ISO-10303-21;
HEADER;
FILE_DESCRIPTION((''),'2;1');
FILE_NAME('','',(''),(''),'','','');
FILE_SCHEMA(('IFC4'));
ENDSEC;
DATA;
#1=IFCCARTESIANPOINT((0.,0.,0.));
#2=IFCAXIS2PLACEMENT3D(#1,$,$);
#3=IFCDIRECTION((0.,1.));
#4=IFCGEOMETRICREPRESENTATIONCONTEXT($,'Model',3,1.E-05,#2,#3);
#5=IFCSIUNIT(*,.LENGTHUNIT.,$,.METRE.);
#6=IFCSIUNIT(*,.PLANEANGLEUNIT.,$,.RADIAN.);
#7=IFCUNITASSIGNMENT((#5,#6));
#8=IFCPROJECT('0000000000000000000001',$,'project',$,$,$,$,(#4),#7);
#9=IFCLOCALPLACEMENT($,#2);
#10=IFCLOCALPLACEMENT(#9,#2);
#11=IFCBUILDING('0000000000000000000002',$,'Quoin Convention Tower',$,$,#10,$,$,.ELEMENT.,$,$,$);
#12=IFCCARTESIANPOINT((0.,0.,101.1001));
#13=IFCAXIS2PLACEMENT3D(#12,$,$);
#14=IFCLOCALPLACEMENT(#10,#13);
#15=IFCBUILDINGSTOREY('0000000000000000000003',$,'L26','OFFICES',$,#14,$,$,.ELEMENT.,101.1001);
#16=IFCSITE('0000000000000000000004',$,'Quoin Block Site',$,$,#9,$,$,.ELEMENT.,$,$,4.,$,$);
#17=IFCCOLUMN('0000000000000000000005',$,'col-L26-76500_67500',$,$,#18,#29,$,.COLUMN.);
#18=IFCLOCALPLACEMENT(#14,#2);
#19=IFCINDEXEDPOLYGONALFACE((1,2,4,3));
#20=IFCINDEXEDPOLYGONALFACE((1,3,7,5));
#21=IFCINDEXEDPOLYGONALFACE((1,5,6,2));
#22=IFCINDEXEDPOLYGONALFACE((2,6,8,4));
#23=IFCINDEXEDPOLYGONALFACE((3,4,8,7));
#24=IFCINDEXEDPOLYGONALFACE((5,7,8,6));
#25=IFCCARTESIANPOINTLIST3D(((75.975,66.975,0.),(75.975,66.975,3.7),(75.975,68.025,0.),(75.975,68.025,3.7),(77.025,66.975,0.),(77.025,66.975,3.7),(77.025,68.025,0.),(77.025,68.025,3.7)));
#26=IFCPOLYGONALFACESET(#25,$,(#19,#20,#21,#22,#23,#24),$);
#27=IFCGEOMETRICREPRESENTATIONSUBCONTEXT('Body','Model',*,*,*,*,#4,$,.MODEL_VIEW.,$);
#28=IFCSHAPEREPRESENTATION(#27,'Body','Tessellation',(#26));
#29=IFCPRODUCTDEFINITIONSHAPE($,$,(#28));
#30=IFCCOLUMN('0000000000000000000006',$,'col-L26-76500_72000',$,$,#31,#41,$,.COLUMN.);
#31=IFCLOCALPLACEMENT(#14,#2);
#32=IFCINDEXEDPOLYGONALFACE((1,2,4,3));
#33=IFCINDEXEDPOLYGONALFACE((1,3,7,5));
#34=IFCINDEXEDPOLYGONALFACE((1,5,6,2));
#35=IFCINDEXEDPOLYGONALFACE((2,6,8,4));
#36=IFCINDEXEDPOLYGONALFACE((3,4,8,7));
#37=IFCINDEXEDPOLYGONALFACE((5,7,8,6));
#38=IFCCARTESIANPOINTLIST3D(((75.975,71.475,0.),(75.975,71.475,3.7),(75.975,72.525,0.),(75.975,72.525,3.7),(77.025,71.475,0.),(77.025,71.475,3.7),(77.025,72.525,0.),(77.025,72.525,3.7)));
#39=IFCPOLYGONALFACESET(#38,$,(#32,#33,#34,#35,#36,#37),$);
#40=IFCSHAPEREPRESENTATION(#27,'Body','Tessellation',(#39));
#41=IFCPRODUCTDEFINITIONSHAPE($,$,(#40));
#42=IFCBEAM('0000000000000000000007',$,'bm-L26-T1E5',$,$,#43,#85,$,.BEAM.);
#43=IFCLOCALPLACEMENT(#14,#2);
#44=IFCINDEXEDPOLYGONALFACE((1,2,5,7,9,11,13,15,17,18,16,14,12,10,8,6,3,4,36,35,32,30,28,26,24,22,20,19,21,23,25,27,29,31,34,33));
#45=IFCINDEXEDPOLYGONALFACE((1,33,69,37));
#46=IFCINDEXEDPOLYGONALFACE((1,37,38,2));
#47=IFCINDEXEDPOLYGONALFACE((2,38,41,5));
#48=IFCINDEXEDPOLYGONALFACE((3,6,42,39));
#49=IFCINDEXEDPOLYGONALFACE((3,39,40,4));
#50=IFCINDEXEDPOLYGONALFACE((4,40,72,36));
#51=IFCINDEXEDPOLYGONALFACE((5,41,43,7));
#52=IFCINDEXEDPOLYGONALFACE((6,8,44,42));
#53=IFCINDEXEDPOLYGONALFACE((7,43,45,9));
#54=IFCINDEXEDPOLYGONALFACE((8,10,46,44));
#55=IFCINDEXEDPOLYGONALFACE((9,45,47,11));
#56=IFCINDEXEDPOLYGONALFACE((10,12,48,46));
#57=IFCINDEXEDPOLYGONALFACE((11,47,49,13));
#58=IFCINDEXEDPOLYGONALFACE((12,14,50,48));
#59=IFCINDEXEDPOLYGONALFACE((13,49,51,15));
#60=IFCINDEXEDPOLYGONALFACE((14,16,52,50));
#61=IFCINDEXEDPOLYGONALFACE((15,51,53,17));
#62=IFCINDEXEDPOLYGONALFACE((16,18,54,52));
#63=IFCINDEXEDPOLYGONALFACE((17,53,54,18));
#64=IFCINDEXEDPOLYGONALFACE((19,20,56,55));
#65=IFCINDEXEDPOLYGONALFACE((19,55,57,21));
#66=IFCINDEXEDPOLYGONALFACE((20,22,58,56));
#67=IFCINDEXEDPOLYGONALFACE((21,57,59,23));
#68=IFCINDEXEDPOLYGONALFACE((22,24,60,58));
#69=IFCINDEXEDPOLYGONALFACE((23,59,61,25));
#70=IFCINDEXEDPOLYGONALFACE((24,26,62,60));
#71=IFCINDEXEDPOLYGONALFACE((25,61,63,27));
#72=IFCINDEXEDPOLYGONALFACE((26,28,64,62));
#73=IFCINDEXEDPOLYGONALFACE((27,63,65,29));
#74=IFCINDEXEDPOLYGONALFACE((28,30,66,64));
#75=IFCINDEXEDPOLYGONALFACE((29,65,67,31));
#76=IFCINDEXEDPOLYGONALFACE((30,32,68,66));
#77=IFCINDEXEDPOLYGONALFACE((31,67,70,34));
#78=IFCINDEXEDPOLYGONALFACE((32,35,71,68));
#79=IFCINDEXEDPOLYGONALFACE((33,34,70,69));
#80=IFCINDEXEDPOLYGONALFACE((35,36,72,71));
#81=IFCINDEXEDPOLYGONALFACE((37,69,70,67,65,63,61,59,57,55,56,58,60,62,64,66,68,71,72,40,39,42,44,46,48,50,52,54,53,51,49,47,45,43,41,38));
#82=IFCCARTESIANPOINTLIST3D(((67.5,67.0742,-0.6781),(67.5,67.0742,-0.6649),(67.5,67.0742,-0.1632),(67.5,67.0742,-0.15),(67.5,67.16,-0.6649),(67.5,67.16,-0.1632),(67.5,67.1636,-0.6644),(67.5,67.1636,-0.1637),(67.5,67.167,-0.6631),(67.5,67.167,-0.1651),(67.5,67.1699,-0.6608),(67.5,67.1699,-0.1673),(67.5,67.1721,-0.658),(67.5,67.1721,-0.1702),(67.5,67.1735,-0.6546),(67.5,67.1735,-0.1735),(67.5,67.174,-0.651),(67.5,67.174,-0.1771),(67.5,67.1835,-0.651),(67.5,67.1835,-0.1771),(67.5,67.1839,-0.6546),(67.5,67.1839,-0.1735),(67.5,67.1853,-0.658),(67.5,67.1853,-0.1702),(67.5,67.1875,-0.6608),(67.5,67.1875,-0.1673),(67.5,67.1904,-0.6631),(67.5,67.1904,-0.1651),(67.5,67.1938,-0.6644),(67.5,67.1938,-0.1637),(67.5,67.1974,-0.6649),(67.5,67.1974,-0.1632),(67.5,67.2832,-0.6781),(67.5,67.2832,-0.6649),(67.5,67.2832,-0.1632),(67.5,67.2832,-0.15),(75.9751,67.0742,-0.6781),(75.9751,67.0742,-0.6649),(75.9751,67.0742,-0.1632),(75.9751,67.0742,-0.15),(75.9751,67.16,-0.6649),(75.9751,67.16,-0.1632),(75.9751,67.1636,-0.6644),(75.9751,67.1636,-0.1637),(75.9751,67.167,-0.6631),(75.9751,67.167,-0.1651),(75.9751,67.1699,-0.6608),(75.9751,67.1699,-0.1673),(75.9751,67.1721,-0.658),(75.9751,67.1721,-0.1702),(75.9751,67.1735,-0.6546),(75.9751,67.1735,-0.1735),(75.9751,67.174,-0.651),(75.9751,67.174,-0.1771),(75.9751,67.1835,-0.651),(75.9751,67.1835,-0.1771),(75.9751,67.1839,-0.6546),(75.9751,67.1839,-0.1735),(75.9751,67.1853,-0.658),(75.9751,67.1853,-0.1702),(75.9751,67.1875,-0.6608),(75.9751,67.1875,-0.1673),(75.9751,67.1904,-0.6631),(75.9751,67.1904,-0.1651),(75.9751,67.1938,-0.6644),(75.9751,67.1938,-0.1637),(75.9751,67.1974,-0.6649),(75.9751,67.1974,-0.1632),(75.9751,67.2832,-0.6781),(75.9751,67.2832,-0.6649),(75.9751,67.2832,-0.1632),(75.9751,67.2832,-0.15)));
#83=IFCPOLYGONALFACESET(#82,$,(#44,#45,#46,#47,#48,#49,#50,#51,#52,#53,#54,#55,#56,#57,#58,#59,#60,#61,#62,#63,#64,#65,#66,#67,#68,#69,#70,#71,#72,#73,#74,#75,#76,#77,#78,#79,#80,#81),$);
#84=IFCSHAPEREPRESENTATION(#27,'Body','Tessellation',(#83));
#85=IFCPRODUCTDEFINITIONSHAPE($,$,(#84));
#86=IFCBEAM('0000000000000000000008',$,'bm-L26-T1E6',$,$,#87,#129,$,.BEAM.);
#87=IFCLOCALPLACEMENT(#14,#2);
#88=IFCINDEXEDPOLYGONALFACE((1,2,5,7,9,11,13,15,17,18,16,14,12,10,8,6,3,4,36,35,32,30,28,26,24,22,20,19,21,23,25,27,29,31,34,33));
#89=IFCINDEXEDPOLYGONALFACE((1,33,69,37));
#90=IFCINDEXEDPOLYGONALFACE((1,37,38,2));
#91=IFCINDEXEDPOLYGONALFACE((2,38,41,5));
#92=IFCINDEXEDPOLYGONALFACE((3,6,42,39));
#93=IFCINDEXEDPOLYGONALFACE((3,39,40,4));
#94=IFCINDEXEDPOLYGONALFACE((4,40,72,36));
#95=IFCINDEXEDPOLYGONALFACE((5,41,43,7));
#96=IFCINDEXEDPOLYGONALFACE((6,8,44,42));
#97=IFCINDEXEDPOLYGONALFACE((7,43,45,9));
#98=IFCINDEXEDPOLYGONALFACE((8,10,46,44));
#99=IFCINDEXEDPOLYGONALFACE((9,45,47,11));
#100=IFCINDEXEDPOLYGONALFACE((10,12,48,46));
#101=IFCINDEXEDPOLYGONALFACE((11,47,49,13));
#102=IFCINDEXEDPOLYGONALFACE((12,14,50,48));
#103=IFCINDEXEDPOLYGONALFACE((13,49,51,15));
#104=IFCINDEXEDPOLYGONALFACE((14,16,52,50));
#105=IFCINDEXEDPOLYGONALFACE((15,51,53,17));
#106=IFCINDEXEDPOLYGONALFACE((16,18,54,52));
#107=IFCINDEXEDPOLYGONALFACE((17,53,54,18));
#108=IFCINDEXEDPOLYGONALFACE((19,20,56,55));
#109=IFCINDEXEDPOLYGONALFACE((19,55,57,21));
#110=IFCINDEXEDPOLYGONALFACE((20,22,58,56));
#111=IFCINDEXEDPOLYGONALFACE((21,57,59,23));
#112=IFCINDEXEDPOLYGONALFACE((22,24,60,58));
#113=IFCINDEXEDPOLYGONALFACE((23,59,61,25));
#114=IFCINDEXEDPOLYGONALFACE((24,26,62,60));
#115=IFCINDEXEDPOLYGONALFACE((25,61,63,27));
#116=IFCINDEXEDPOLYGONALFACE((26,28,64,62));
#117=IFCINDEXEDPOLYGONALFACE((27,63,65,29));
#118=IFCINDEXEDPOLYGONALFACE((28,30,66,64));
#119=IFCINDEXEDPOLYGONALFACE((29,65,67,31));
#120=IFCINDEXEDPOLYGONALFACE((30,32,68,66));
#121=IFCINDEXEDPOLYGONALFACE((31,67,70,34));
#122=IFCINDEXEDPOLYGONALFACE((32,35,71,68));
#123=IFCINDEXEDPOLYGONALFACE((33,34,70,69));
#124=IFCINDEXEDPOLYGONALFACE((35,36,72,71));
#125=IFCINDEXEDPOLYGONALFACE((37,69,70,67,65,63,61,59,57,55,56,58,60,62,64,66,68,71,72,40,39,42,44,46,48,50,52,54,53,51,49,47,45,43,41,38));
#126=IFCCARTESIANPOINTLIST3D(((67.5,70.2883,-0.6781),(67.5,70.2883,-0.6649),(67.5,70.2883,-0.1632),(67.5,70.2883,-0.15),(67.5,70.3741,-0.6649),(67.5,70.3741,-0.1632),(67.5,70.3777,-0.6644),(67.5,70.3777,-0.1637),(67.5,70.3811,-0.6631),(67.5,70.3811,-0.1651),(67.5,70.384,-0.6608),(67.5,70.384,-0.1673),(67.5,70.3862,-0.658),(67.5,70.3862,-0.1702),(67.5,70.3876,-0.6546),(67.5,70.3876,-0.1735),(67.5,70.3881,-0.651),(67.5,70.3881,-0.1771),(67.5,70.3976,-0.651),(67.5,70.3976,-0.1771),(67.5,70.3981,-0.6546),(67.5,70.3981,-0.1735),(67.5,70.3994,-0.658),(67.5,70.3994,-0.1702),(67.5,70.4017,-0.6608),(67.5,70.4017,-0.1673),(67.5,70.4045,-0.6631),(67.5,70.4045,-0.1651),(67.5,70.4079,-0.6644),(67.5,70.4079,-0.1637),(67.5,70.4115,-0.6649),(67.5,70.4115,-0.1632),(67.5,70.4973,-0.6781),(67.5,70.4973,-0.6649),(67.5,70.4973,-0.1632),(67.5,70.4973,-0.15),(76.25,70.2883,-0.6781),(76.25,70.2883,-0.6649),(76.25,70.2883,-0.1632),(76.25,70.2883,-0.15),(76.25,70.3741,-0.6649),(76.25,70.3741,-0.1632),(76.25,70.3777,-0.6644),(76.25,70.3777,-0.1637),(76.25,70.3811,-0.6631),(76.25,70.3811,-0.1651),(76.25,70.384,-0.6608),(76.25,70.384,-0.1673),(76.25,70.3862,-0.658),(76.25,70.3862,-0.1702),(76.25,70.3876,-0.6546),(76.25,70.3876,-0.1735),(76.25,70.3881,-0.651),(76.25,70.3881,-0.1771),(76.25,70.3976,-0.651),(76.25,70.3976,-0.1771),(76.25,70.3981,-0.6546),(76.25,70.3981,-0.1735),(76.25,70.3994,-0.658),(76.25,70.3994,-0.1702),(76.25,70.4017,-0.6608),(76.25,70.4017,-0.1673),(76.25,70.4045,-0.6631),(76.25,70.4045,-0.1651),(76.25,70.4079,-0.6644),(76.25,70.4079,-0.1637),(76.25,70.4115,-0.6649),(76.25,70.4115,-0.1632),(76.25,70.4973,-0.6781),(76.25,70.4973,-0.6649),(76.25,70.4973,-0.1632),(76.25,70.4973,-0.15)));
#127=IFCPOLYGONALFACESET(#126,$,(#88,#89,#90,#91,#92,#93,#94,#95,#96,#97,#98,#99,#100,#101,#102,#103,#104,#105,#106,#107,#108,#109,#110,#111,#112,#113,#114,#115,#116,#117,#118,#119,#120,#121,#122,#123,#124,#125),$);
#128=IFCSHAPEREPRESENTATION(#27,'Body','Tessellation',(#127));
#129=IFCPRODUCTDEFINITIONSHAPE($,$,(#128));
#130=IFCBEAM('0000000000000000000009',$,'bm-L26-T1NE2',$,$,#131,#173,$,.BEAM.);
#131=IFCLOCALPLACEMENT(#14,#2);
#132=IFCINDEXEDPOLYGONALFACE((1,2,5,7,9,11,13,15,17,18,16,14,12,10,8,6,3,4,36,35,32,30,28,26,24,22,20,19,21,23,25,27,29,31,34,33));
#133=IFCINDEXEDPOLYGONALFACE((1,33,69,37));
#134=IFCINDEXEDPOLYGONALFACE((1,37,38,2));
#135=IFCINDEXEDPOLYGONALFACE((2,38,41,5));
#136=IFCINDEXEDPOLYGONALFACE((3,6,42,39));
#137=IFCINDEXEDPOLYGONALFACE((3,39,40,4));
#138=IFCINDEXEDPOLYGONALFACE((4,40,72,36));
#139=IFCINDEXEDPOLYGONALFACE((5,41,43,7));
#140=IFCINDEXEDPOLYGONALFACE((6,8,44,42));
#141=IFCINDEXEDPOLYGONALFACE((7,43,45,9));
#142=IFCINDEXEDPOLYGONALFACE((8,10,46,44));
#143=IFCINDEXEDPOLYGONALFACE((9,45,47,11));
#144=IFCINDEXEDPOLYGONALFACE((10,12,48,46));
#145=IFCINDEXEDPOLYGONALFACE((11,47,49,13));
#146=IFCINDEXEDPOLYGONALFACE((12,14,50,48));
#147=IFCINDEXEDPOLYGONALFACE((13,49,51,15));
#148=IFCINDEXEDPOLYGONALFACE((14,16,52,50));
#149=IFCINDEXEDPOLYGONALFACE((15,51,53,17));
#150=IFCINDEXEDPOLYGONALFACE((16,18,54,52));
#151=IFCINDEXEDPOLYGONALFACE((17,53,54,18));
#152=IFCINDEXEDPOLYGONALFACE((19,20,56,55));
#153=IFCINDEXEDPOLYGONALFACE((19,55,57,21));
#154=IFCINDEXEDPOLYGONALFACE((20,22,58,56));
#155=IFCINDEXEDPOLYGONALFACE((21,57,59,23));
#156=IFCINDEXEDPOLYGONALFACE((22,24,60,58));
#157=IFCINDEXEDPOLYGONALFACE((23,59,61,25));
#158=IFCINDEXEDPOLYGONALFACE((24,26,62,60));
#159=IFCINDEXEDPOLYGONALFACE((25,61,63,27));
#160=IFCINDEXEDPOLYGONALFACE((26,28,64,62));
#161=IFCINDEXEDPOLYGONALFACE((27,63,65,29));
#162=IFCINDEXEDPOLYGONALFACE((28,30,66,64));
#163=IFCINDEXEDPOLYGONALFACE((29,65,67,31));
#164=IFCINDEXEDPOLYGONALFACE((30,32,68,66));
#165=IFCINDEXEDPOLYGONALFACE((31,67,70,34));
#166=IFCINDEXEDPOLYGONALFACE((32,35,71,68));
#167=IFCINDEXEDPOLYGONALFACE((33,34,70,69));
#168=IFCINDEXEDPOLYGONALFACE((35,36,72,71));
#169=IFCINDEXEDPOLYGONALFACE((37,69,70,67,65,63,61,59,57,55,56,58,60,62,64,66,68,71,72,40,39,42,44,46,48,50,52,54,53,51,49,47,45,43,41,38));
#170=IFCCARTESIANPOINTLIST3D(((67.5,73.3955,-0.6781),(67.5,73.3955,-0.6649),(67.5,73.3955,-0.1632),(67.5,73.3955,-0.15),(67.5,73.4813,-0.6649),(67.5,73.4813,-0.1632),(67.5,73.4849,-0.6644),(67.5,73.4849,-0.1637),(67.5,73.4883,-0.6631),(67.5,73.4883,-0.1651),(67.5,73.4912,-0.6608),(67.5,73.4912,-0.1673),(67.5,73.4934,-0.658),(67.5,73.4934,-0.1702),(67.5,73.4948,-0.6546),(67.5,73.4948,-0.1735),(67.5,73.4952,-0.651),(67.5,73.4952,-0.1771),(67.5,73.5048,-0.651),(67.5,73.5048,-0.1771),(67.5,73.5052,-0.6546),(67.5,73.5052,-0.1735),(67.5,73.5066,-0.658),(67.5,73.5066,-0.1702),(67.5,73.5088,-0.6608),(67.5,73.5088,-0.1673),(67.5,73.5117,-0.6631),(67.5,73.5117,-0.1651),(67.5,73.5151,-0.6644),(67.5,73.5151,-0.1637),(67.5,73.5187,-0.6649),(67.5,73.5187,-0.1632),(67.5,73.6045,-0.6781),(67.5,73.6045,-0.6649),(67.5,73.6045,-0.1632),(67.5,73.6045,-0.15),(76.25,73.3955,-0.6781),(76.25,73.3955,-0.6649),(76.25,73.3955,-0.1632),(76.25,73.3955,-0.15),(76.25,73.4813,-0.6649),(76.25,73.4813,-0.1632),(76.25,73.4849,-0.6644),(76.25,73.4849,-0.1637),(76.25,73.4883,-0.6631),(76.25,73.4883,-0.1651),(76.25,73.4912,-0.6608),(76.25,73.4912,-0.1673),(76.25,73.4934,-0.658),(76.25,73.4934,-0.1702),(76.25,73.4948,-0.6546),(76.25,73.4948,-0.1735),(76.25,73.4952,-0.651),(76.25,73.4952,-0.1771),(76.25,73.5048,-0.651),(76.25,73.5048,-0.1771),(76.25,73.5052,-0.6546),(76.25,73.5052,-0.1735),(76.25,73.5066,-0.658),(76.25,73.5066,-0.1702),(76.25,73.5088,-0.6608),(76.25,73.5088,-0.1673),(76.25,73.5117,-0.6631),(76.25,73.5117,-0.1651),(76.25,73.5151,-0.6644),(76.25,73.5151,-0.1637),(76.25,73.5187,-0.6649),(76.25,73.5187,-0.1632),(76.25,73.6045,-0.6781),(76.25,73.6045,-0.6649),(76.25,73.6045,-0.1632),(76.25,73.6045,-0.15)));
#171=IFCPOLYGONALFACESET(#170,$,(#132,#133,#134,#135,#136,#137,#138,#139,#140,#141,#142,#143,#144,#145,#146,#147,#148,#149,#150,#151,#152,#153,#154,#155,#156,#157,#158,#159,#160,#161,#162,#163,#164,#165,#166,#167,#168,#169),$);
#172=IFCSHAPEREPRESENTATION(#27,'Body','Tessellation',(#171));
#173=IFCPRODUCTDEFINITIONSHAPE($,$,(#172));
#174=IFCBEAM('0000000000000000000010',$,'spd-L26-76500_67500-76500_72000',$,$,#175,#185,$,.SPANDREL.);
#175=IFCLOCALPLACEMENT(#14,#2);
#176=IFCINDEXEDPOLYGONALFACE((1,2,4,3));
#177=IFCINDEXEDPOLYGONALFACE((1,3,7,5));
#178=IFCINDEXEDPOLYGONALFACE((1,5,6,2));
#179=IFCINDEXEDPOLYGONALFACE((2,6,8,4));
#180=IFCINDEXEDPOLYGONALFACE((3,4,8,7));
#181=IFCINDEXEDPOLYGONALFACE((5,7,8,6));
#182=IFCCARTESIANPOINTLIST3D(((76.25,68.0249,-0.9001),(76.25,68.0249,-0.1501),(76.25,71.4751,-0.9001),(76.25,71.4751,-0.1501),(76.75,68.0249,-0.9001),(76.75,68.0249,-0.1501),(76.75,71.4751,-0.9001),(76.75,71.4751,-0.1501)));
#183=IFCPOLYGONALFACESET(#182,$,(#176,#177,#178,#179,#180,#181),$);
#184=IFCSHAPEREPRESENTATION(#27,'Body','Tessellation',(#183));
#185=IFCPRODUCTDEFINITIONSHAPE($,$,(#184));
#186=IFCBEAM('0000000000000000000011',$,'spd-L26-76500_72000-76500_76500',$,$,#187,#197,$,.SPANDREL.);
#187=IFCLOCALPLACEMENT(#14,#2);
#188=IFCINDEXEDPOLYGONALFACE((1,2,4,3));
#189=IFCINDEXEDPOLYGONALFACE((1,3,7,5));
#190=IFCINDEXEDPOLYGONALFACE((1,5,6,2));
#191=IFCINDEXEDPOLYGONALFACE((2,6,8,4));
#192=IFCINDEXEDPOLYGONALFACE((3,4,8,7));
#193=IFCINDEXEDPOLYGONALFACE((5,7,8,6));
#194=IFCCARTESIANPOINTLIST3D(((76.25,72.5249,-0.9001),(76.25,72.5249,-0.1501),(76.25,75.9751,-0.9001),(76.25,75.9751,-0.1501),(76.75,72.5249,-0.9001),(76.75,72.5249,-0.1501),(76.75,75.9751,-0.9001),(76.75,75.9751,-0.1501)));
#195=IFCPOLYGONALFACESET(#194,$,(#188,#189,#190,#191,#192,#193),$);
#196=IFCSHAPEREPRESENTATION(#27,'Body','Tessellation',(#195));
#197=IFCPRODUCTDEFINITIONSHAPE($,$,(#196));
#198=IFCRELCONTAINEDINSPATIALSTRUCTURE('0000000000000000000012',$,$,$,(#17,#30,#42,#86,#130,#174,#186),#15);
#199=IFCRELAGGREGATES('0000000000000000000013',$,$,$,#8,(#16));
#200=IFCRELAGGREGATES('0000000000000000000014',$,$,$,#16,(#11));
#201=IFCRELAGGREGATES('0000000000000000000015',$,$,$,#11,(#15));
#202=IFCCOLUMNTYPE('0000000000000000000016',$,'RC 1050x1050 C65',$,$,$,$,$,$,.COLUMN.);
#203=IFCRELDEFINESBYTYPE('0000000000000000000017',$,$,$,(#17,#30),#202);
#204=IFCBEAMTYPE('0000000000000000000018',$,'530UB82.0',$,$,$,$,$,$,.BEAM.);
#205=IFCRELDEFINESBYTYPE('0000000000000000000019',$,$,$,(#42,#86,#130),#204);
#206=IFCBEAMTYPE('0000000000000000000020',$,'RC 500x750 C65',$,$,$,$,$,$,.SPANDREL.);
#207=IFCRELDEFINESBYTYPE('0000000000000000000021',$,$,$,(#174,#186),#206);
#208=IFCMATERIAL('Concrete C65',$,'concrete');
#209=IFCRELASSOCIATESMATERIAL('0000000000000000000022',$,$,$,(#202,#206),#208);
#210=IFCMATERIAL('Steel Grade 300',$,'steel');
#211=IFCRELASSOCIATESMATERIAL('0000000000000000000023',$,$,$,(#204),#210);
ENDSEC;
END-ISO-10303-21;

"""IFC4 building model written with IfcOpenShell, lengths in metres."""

from ifc_helpers import new_model, si_unit, direction, frame, origin, origin_2d, place, context, subcontext, project, spatial, rectangle, i_section, extrude, material, material_profile, profile_set, type_object, element, save


model = new_model("IFC4")

# Units and contexts
model_context = context("Model", 3, precision=1e-05, world=origin(), true_north=direction((0.0, 1.0)))
body_context = subcontext(model_context, "Body", "Model", "MODEL_VIEW")
ifc_project = project(units=[si_unit("LENGTHUNIT", "METRE"), si_unit("PLANEANGLEUNIT", "RADIAN")], contexts=[model_context])

# Site, building, storey
site_placement = place(None, origin())
site = spatial("IfcSite", under=ifc_project, at=site_placement, Name="Quoin Block Site", CompositionType="ELEMENT", RefElevation=4.0)
building_placement = place(site_placement, origin())
building = spatial("IfcBuilding", under=site, at=building_placement, Name="Quoin Convention Tower", CompositionType="ELEMENT")
storey_placement = place(building_placement, frame((0.0, 0.0, 101.1001)))
storey = spatial("IfcBuildingStorey", under=building, at=storey_placement, Name="L26", Description="OFFICES", CompositionType="ELEMENT", Elevation=101.1001)

# Columns
ifc_material_1 = material(Name="Concrete C65", Category="concrete")
ifc_material_profile_1 = material_profile(ifc_material_1, rectangle(XDim=1.05, YDim=1.05, at=origin_2d()), Name="RC 1050x1050")
ifc_profile_set_1 = profile_set([ifc_material_profile_1], Name="Concrete C65")
column_type = type_object("IfcColumnType", Name="RC 1050x1050 C65", PredefinedType="COLUMN", material=ifc_profile_set_1)
for number, where, z_axis, x_axis, name in (
    (1, (76.5, 67.5, 0.0), (0.0, 0.0, 1.0), (1.0, 0.0, 0.0), "col-L26-76500_67500"),
    (2, (76.5, 72.0, 0.0), (0.0, 0.0, 1.0), (1.0, 0.0, 0.0), "col-L26-76500_72000"),
):
    element("IfcColumn", number, at=place(storey_placement, frame(where, z_axis=z_axis, x_axis=x_axis)), inside=storey, type_object=column_type, Name=name, PredefinedType="COLUMN", context=body_context, shape_type="SweptSolid", body=[
        extrude(rectangle(XDim=1.05, YDim=1.05, at=origin_2d()), origin(), (0.0, 0.0, 1.0), 3.7),
    ])

# Beams
ifc_material_2 = material(Name="Steel Grade 300", Category="steel")
ifc_material_profile_2 = material_profile(ifc_material_2, i_section(OverallWidth=0.209, OverallDepth=0.5281, WebThickness=0.0095, FlangeThickness=0.0132, FilletRadius=0.0139, at=origin_2d()), Name="530UB82.0")
ifc_profile_set_2 = profile_set([ifc_material_profile_2], Name="Steel Grade 300")
beam_type_1 = type_object("IfcBeamType", Name="530UB82.0", PredefinedType="BEAM", material=ifc_profile_set_2)
beam_placement = place(storey_placement, frame((67.5, 67.1787, -0.4141), z_axis=(1.0, 0.0, 0.0), x_axis=(0.0, 1.0, 0.0)))
element("IfcBeam", 3, at=beam_placement, inside=storey, type_object=beam_type_1, Name="bm-L26-T1E5", PredefinedType="BEAM", context=body_context, shape_type="SweptSolid", body=[
    extrude(i_section(OverallWidth=0.209, OverallDepth=0.5281, WebThickness=0.0095, FlangeThickness=0.0132, FilletRadius=0.0139, at=origin_2d()), origin(), (0.0, 0.0, 1.0), 8.4751),
])
for number, where, z_axis, x_axis, name in (
    (4, (67.5, 70.3928, -0.4141), (1.0, 0.0, 0.0), (0.0, 1.0, 0.0), "bm-L26-T1E6"),
    (5, (67.5, 73.5, -0.4141), (1.0, 0.0, 0.0), (0.0, 1.0, 0.0), "bm-L26-T1NE2"),
):
    element("IfcBeam", number, at=place(storey_placement, frame(where, z_axis=z_axis, x_axis=x_axis)), inside=storey, type_object=beam_type_1, Name=name, PredefinedType="BEAM", context=body_context, shape_type="SweptSolid", body=[
        extrude(i_section(OverallWidth=0.209, OverallDepth=0.5281, WebThickness=0.0095, FlangeThickness=0.0132, FilletRadius=0.0139, at=origin_2d()), origin(), (0.0, 0.0, 1.0), 8.75),
    ])
ifc_material_profile_3 = material_profile(ifc_material_1, rectangle(XDim=0.5, YDim=0.75, at=origin_2d()), Name="RC 500x750")
ifc_profile_set_3 = profile_set([ifc_material_profile_3], Name="Concrete C65")
beam_type_2 = type_object("IfcBeamType", Name="RC 500x750 C65", PredefinedType="SPANDREL", material=ifc_profile_set_3)
for number, where, z_axis, x_axis, name in (
    (6, (76.5, 68.0249, -0.5251), (0.0, 1.0, 0.0), (-1.0, 0.0, 0.0), "spd-L26-76500_67500-76500_72000"),
    (7, (76.5, 72.5249, -0.5251), (0.0, 1.0, 0.0), (-1.0, 0.0, 0.0), "spd-L26-76500_72000-76500_76500"),
):
    element("IfcBeam", number, at=place(storey_placement, frame(where, z_axis=z_axis, x_axis=x_axis)), inside=storey, type_object=beam_type_2, Name=name, PredefinedType="SPANDREL", context=body_context, shape_type="SweptSolid", body=[
        extrude(rectangle(XDim=0.5, YDim=0.75, at=origin_2d()), origin(), (0.0, 0.0, 1.0), 3.4502),
    ])

save(model, "model.ifc")
